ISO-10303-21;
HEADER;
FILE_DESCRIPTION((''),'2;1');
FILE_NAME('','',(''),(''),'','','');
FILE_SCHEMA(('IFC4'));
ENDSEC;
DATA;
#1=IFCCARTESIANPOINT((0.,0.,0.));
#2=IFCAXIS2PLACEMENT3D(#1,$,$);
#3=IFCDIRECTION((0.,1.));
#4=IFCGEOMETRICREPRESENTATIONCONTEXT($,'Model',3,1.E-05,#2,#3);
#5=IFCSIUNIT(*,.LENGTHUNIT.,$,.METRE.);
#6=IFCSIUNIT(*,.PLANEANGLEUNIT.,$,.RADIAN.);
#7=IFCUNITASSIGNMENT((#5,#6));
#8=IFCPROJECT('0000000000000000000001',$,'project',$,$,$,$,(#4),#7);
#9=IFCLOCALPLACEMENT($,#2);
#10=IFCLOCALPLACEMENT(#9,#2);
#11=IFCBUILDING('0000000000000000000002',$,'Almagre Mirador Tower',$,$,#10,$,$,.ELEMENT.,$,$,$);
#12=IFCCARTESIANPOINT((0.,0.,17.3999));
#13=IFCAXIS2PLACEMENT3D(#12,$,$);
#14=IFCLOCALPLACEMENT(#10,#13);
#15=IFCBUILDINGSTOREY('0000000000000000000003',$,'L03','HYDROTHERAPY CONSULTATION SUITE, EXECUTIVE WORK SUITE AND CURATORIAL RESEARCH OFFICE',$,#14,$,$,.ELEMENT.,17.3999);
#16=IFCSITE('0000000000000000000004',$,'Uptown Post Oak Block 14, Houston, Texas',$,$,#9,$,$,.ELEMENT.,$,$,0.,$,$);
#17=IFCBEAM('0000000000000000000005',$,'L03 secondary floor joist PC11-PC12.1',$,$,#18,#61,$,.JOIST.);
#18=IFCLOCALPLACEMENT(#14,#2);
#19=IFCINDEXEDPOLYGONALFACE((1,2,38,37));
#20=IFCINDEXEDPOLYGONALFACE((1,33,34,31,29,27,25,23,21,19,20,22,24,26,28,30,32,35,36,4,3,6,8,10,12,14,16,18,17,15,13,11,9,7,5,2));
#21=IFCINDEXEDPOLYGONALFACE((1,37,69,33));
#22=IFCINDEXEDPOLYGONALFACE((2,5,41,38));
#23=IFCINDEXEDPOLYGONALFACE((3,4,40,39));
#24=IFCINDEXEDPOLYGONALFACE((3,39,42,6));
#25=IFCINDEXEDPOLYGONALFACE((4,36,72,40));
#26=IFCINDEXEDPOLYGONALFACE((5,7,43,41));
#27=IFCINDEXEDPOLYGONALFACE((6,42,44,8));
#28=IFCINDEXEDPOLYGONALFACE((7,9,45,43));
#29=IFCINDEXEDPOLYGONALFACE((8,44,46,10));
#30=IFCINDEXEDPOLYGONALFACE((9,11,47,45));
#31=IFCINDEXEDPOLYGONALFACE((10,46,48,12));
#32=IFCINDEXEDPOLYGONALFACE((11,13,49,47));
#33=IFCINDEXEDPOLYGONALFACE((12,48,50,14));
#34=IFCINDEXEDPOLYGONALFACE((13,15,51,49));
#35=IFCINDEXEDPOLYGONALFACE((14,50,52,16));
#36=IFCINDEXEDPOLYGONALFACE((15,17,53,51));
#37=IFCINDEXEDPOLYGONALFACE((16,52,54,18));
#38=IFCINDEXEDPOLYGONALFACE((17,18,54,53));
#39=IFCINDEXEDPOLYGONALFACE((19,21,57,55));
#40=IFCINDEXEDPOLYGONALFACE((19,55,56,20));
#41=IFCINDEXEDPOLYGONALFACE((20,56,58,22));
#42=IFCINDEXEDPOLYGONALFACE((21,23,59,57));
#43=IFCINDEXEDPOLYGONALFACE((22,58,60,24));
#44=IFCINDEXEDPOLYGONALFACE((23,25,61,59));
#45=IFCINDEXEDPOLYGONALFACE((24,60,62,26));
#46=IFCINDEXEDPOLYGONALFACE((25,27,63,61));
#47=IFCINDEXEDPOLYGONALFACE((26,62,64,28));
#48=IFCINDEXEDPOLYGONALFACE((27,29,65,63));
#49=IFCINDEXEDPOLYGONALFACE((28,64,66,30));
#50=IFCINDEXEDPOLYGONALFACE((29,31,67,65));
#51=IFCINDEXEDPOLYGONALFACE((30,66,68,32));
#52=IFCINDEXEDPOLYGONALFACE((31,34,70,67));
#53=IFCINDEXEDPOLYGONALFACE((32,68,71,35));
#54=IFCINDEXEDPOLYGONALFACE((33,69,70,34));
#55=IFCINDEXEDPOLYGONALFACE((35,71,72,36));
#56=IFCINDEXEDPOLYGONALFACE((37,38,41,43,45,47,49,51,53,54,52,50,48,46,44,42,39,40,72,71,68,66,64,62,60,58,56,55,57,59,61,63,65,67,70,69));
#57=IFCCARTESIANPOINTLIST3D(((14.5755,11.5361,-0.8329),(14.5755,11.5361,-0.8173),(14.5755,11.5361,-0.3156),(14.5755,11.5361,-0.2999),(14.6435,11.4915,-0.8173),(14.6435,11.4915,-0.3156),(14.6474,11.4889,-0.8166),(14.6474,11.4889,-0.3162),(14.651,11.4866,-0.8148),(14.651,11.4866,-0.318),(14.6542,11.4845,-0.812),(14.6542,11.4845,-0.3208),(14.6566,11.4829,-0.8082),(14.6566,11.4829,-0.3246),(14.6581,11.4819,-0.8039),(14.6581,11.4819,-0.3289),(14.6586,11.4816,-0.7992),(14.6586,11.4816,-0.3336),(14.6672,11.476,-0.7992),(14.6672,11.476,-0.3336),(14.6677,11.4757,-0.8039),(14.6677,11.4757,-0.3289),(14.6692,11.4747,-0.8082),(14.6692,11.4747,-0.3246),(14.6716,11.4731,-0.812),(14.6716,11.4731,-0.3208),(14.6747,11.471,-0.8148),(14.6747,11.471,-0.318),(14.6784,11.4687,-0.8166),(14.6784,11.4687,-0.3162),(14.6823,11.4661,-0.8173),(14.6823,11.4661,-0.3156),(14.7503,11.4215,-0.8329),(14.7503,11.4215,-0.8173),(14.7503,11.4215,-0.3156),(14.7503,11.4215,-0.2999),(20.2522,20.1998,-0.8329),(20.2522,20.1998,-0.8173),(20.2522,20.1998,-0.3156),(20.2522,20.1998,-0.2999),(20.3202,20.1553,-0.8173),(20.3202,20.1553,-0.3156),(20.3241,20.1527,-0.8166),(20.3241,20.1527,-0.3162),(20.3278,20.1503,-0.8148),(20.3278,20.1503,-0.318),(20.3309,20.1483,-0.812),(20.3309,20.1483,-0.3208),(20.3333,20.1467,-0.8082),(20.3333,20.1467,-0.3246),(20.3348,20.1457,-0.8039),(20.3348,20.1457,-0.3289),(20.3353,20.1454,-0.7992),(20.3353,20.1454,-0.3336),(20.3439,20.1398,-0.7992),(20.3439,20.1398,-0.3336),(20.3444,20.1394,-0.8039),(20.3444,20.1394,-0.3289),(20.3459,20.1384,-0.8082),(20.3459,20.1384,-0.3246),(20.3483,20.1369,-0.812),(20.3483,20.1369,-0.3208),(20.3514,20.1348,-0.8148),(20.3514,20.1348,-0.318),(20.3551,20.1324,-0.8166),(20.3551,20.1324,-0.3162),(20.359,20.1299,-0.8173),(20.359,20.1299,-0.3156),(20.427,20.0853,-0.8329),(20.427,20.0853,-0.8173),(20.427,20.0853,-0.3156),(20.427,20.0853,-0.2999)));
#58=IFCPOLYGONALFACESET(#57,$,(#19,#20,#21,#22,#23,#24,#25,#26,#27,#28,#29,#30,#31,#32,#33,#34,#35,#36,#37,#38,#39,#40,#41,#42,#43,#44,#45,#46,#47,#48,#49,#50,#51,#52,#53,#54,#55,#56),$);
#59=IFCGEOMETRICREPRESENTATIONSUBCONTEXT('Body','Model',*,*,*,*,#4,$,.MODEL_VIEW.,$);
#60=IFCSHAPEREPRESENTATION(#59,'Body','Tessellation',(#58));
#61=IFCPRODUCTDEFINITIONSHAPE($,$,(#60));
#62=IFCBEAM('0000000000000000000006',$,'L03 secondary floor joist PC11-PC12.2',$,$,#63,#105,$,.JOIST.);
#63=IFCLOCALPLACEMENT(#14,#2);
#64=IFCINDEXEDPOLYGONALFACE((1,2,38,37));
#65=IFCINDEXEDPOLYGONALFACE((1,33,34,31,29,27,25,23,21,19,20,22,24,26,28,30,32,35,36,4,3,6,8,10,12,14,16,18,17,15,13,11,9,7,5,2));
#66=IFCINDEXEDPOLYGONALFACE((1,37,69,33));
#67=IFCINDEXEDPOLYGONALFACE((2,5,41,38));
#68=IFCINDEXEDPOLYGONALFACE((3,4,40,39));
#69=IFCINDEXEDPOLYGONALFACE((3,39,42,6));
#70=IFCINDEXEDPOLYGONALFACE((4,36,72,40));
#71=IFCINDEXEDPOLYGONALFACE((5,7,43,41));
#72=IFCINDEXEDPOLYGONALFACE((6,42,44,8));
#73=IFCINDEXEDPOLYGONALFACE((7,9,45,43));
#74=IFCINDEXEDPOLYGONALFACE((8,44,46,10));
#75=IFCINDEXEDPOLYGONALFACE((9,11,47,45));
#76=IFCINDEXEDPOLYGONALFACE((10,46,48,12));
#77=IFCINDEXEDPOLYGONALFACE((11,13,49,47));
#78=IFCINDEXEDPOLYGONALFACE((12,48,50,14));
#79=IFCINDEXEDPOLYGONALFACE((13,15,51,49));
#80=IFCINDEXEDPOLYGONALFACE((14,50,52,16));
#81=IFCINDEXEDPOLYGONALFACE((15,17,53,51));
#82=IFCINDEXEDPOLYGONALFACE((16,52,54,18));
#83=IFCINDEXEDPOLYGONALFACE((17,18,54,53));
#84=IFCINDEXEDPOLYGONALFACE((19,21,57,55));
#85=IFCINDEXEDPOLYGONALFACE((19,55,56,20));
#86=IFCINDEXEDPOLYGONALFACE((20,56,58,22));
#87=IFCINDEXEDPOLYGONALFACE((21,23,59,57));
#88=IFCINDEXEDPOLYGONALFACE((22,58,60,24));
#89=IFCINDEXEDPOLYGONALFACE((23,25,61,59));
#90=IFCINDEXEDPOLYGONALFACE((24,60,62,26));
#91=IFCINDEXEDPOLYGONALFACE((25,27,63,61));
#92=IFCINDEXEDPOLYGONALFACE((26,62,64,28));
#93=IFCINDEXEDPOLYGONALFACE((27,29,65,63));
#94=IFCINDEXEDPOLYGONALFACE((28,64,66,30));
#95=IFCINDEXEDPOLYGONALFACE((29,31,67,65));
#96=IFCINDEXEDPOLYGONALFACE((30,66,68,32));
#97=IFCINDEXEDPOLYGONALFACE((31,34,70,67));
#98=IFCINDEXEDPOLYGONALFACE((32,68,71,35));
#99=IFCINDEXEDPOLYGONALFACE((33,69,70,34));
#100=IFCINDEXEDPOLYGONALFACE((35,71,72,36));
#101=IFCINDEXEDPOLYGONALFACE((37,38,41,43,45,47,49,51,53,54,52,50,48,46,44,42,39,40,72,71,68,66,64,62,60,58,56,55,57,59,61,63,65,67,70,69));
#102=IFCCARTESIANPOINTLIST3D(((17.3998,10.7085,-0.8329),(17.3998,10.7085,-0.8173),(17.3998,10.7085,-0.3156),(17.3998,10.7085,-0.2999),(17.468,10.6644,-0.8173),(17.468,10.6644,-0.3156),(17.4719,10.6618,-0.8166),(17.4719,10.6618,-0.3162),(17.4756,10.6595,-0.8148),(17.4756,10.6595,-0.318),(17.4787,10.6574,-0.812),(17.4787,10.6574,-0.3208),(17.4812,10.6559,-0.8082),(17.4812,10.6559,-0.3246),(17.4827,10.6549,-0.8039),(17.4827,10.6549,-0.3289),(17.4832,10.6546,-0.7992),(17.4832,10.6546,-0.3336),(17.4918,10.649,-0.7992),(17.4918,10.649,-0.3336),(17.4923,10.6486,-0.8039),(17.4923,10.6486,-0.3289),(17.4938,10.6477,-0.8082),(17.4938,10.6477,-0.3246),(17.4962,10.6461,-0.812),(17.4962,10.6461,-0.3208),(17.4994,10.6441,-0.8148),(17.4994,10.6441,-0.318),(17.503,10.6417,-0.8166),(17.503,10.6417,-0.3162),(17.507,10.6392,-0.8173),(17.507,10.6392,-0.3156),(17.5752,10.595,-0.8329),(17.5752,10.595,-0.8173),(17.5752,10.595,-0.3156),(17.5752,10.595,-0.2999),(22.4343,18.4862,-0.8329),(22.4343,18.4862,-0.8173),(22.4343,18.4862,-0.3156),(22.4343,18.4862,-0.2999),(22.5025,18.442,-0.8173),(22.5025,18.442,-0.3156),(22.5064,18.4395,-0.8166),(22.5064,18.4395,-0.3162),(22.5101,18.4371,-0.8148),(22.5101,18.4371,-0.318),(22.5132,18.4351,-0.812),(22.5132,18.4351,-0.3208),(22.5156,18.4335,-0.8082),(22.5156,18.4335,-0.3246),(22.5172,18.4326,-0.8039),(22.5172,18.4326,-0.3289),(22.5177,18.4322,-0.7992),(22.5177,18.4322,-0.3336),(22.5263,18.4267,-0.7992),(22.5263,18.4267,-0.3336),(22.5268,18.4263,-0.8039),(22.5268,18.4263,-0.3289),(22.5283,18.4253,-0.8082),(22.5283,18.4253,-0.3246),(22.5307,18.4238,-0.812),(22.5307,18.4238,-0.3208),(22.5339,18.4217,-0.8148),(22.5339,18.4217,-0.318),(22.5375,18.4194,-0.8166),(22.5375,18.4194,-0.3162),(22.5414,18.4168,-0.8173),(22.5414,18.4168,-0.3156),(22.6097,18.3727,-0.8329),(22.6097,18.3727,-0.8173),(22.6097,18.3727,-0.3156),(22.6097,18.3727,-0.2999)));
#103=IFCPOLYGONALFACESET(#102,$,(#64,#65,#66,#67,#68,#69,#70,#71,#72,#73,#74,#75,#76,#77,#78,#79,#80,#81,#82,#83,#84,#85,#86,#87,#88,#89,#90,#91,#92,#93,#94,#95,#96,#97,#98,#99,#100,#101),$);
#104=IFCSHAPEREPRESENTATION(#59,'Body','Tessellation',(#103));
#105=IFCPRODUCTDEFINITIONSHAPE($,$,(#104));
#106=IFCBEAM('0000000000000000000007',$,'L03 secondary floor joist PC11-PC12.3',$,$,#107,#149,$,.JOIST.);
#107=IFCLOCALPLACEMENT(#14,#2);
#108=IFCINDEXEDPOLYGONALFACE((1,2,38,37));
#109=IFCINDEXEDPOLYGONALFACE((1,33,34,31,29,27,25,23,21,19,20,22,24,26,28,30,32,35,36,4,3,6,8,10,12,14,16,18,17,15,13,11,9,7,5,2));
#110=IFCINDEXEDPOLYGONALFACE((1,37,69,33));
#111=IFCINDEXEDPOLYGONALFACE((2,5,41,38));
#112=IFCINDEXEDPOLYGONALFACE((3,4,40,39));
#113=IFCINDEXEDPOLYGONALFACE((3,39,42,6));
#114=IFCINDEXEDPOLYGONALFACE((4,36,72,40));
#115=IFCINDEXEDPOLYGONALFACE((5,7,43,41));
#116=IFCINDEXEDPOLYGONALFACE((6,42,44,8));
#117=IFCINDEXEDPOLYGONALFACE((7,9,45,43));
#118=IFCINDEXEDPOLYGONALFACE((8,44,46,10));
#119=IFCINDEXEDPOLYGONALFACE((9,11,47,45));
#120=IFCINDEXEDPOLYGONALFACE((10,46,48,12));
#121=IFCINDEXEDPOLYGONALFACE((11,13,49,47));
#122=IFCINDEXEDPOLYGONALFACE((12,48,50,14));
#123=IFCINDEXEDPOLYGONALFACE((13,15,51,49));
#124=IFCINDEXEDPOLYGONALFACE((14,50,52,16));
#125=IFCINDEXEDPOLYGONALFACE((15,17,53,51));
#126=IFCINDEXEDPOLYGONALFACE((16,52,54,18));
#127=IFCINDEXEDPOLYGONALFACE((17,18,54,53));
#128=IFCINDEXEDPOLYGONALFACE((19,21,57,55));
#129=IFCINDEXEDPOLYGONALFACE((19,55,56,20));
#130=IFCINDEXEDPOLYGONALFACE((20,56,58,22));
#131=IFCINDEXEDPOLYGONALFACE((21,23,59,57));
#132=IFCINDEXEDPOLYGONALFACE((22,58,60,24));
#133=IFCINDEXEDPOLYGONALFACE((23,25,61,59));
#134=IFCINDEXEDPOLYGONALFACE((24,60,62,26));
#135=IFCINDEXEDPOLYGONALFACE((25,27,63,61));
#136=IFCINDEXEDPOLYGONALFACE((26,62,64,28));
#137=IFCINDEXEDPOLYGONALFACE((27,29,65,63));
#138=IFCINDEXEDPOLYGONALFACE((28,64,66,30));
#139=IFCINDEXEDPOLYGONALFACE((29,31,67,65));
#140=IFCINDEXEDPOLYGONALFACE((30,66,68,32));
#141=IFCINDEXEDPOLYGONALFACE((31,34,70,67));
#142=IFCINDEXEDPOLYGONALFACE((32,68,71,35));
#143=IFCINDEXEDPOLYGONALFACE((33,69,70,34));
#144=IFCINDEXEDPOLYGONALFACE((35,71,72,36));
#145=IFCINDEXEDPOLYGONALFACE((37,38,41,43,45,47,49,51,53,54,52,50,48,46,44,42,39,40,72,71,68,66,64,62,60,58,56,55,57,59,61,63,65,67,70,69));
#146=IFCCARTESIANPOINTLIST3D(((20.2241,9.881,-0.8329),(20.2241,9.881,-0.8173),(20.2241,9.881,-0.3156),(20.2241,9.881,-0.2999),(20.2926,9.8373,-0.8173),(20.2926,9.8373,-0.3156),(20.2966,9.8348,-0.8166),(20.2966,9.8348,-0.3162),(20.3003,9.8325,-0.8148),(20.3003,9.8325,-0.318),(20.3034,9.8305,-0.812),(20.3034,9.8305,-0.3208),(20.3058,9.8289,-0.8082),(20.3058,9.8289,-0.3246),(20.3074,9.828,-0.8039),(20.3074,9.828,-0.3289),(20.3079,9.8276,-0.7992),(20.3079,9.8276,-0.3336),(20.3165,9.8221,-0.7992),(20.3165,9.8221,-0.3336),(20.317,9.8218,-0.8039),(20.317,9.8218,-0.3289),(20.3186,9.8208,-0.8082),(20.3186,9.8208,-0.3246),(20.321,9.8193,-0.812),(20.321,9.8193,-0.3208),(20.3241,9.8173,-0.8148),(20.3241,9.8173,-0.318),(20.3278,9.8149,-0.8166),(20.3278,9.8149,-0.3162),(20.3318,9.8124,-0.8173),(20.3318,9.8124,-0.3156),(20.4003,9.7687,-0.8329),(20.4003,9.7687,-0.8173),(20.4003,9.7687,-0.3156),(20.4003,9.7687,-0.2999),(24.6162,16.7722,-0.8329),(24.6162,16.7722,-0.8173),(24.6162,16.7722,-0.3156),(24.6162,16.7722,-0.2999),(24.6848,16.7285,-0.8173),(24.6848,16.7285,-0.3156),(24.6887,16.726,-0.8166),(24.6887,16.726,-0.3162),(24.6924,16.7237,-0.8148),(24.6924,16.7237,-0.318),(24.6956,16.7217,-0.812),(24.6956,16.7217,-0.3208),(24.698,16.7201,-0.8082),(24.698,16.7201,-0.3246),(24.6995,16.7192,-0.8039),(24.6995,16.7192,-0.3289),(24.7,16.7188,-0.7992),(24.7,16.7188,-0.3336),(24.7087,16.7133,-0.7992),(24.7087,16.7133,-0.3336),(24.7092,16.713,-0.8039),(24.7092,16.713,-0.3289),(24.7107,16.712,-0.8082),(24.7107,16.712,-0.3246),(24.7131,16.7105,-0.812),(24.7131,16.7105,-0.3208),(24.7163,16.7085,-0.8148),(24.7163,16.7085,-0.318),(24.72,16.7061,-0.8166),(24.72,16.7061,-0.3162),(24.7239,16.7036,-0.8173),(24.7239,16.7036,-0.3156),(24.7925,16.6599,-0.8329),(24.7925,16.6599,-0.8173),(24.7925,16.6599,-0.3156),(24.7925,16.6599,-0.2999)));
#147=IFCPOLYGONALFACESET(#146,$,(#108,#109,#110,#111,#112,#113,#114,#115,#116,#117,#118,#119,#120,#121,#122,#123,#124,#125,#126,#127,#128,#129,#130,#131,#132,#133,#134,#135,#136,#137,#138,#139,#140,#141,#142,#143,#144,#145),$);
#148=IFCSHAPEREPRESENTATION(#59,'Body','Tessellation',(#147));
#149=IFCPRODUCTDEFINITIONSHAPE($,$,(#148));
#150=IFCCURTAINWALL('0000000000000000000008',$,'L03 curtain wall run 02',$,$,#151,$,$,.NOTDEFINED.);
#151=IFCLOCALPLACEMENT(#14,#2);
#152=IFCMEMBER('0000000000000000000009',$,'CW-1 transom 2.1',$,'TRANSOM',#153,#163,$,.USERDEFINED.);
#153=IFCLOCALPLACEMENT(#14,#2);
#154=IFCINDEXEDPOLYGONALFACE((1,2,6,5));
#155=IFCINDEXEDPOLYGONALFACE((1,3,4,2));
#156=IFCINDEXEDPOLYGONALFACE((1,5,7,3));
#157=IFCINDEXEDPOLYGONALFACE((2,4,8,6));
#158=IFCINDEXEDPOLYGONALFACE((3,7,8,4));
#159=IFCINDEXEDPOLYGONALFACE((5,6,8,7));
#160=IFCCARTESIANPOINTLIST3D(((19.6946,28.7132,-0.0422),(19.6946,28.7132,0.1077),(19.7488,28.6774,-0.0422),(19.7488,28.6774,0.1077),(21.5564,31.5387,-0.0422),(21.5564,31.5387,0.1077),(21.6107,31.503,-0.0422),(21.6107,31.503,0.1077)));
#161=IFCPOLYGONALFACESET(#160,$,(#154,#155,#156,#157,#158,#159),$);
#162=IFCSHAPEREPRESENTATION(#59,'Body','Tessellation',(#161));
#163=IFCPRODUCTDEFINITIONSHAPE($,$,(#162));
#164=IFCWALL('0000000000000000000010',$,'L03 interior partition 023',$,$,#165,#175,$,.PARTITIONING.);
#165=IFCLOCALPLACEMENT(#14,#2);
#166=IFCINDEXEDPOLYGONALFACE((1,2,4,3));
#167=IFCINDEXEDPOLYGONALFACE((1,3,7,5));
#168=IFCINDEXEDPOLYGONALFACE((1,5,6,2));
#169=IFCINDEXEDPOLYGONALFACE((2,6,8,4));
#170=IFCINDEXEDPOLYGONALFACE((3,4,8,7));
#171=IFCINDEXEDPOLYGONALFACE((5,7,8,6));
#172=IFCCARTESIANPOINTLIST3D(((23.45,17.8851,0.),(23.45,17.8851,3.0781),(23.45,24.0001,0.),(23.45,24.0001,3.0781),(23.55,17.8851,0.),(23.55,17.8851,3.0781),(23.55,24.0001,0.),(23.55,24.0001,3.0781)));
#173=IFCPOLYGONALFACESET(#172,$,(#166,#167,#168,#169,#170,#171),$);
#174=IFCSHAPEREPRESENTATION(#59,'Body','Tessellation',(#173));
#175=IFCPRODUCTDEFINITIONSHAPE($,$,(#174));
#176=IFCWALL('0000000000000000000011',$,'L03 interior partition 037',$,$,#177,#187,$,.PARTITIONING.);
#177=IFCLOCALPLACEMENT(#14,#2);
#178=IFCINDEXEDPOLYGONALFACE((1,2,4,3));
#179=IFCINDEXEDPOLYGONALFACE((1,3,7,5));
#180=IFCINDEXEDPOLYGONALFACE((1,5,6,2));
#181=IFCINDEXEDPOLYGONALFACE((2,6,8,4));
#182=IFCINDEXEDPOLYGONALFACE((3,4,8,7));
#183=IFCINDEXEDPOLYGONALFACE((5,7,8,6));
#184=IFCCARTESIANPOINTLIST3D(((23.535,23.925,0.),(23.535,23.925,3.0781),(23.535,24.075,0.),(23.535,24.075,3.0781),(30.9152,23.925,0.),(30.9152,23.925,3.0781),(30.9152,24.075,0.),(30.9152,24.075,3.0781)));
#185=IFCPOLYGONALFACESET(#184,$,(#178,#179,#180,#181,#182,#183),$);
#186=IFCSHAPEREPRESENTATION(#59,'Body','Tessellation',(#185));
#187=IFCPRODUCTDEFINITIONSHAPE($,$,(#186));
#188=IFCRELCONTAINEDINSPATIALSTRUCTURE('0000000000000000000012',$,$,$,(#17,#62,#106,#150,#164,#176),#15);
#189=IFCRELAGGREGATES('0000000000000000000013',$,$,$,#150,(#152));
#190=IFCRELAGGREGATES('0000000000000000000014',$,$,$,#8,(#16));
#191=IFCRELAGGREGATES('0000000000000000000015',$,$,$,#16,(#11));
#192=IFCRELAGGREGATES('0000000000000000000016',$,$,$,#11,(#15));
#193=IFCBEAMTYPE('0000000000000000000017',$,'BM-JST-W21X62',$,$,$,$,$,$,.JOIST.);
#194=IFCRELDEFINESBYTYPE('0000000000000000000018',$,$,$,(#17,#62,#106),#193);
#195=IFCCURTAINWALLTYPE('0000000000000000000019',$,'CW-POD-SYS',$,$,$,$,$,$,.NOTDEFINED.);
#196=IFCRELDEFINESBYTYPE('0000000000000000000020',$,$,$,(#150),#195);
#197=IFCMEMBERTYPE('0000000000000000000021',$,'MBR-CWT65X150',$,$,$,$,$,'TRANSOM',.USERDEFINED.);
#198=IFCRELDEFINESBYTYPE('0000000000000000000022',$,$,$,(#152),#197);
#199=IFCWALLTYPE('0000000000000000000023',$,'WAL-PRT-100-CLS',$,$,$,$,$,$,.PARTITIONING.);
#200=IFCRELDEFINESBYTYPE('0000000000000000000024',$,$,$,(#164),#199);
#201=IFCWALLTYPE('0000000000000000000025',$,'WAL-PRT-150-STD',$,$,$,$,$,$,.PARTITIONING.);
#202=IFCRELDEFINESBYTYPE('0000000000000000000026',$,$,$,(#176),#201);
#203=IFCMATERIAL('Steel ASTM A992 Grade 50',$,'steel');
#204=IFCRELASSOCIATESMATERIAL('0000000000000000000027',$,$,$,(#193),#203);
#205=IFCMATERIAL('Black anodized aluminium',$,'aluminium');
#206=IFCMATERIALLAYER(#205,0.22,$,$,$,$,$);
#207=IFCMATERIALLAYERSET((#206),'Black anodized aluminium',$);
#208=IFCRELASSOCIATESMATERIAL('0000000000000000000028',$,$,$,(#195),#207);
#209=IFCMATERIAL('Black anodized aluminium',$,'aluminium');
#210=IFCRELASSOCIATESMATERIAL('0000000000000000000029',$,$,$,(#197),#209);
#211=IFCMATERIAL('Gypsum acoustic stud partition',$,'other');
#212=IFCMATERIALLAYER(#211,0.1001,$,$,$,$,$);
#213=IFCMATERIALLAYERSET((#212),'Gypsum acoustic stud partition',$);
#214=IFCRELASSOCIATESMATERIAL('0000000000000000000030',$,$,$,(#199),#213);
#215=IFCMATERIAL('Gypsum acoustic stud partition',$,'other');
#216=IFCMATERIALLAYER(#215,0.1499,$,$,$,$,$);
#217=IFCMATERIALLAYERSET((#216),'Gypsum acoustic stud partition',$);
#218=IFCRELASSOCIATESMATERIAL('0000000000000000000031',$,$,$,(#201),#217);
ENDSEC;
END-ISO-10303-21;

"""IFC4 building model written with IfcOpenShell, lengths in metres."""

from ifc_helpers import new_model, si_unit, direction, frame, frame_2d, origin, origin_2d, place, context, subcontext, project, spatial, rectangle, i_section, extrude, material, layer, layer_set, material_profile, profile_set, type_object, element, aggregate, save


model = new_model("IFC4")

# Units and contexts
model_context = context("Model", 3, precision=1e-05, world=origin(), true_north=direction((0.0, 1.0)))
body_context = subcontext(model_context, "Body", "Model", "MODEL_VIEW")
ifc_project = project(units=[si_unit("LENGTHUNIT", "METRE"), si_unit("PLANEANGLEUNIT", "RADIAN")], contexts=[model_context])

# Site, building, storey
site_placement = place(None, origin())
site = spatial("IfcSite", under=ifc_project, at=site_placement, Name="Uptown Post Oak Block 14, Houston, Texas", CompositionType="ELEMENT", RefElevation=0.0)
building_placement = place(site_placement, origin())
building = spatial("IfcBuilding", under=site, at=building_placement, Name="Almagre Mirador Tower", CompositionType="ELEMENT")
storey_placement = place(building_placement, frame((0.0, 0.0, 17.3999)))
storey = spatial("IfcBuildingStorey", under=building, at=storey_placement, Name="L03", Description="HYDROTHERAPY CONSULTATION SUITE, EXECUTIVE WORK SUITE AND CURATORIAL RESEARCH OFFICE", CompositionType="ELEMENT", Elevation=17.3999)

# Beams
ifc_material_1 = material(Name="Steel ASTM A992 Grade 50", Category="steel")
ifc_material_profile_1 = material_profile(ifc_material_1, i_section(OverallWidth=0.209, OverallDepth=0.533, WebThickness=0.0103, FlangeThickness=0.0156, FilletRadius=0.0181, at=origin_2d()), Name="W21X62")
ifc_profile_set_1 = profile_set([ifc_material_profile_1], Name="Steel ASTM A992 Grade 50")
beam_type = type_object("IfcBeamType", Name="BM-JST-W21X62", PredefinedType="JOIST", material=ifc_profile_set_1)
beam_1_placement = place(storey_placement, frame((20.3396, 20.1426, -0.5664), z_axis=(-0.548058, -0.836441, 0.0), x_axis=(0.836441, -0.548058, 0.0)))
element("IfcBeam", 1, at=beam_1_placement, inside=storey, type_object=beam_type, Name="L03 secondary floor joist PC11-PC12.1", PredefinedType="JOIST", context=body_context, shape_type="SweptSolid", body=[
    extrude(i_section(OverallWidth=0.209, OverallDepth=0.533, WebThickness=0.0103, FlangeThickness=0.0156, FilletRadius=0.0181, at=origin_2d()), origin(), (0.0, 0.0, 1.0), 10.3579),
])
beam_2_placement = place(storey_placement, frame((22.522, 18.4294, -0.5664), z_axis=(-0.543393, -0.839478, 0.0), x_axis=(0.839478, -0.543393, 0.0)))
element("IfcBeam", 2, at=beam_2_placement, inside=storey, type_object=beam_type, Name="L03 secondary floor joist PC11-PC12.2", PredefinedType="JOIST", context=body_context, shape_type="SweptSolid", body=[
    extrude(i_section(OverallWidth=0.209, OverallDepth=0.533, WebThickness=0.0103, FlangeThickness=0.0156, FilletRadius=0.0181, at=origin_2d()), origin(), (0.0, 0.0, 1.0), 9.2649),
])
beam_3_placement = place(storey_placement, frame((24.7043, 16.7161, -0.5664), z_axis=(-0.537471, -0.843282, 0.0), x_axis=(0.843282, -0.537471, 0.0)))
element("IfcBeam", 3, at=beam_3_placement, inside=storey, type_object=beam_type, Name="L03 secondary floor joist PC11-PC12.3", PredefinedType="JOIST", context=body_context, shape_type="SweptSolid", body=[
    extrude(i_section(OverallWidth=0.209, OverallDepth=0.533, WebThickness=0.0103, FlangeThickness=0.0156, FilletRadius=0.0181, at=origin_2d()), origin(), (0.0, 0.0, 1.0), 8.1719),
])

# Curtain wall, member
ifc_material_2 = material(Name="Black anodized aluminium", Category="aluminium")
ifc_layer_1 = layer(ifc_material_2, 0.22)
ifc_layer_set_1 = layer_set([ifc_layer_1], Name="Black anodized aluminium")
curtain_wall_type = type_object("IfcCurtainWallType", Name="CW-POD-SYS", PredefinedType="NOTDEFINED", material=ifc_layer_set_1)
curtain_wall_placement = place(storey_placement, origin())
curtain_wall = element("IfcCurtainWall", 4, at=curtain_wall_placement, inside=storey, type_object=curtain_wall_type, Name="L03 curtain wall run 02", PredefinedType="NOTDEFINED")
ifc_material_3 = material(Name="Black anodized aluminium", Category="aluminium")
ifc_material_profile_2 = material_profile(ifc_material_3, rectangle(XDim=0.0649, YDim=0.1499, at=origin_2d()), Name="CWT65X150")
ifc_profile_set_2 = profile_set([ifc_material_profile_2], Name="Black anodized aluminium")
member_type = type_object("IfcMemberType", Name="MBR-CWT65X150", ElementType="TRANSOM", PredefinedType="USERDEFINED", material=ifc_profile_set_2)
member_placement = place(storey_placement, frame((19.7217, 28.6953, 0.0327), z_axis=(0.55023, 0.835013, 0.0), x_axis=(-0.835013, 0.55023, 0.0)))
member = element("IfcMember", 5, at=member_placement, type_object=member_type, Name="CW-1 transom 2.1", ObjectType="TRANSOM", PredefinedType="USERDEFINED", context=body_context, shape_type="SweptSolid", body=[
    extrude(rectangle(XDim=0.0649, YDim=0.1499, at=origin_2d()), origin(), (0.0, 0.0, 1.0), 3.3838),
])
aggregate(curtain_wall, [member])

# Walls
ifc_material_4 = material(Name="Gypsum acoustic stud partition", Category="other")
ifc_layer_2 = layer(ifc_material_4, 0.1001)
ifc_layer_set_2 = layer_set([ifc_layer_2], Name="Gypsum acoustic stud partition")
wall_type_1 = type_object("IfcWallType", Name="WAL-PRT-100-CLS", PredefinedType="PARTITIONING", material=ifc_layer_set_2)
wall_1_placement = place(storey_placement, frame((23.5, 17.885, 0.0), z_axis=(0.0, 0.0, 1.0), x_axis=(0.0, 1.0, 0.0)))
element("IfcWall", 6, at=wall_1_placement, inside=storey, type_object=wall_type_1, Name="L03 interior partition 023", PredefinedType="PARTITIONING", context=body_context, shape_type="SweptSolid", body=[
    extrude(rectangle(XDim=6.115, YDim=0.1001, at=frame_2d((3.0576, 0.0))), origin(), (0.0, 0.0, 1.0), 3.0781),
])
ifc_material_5 = material(Name="Gypsum acoustic stud partition", Category="other")
ifc_layer_3 = layer(ifc_material_5, 0.1499)
ifc_layer_set_3 = layer_set([ifc_layer_3], Name="Gypsum acoustic stud partition")
wall_type_2 = type_object("IfcWallType", Name="WAL-PRT-150-STD", PredefinedType="PARTITIONING", material=ifc_layer_set_3)
wall_2_placement = place(storey_placement, frame((30.915, 24.0, 0.0), z_axis=(0.0, 0.0, 1.0), x_axis=(-1.0, 0.0, 0.0)))
element("IfcWall", 7, at=wall_2_placement, inside=storey, type_object=wall_type_2, Name="L03 interior partition 037", PredefinedType="PARTITIONING", context=body_context, shape_type="SweptSolid", body=[
    extrude(rectangle(XDim=7.3801, YDim=0.1499, at=frame_2d((3.6899, 0.0))), origin(), (0.0, 0.0, 1.0), 3.0781),
])

save(model, "model.ifc")
